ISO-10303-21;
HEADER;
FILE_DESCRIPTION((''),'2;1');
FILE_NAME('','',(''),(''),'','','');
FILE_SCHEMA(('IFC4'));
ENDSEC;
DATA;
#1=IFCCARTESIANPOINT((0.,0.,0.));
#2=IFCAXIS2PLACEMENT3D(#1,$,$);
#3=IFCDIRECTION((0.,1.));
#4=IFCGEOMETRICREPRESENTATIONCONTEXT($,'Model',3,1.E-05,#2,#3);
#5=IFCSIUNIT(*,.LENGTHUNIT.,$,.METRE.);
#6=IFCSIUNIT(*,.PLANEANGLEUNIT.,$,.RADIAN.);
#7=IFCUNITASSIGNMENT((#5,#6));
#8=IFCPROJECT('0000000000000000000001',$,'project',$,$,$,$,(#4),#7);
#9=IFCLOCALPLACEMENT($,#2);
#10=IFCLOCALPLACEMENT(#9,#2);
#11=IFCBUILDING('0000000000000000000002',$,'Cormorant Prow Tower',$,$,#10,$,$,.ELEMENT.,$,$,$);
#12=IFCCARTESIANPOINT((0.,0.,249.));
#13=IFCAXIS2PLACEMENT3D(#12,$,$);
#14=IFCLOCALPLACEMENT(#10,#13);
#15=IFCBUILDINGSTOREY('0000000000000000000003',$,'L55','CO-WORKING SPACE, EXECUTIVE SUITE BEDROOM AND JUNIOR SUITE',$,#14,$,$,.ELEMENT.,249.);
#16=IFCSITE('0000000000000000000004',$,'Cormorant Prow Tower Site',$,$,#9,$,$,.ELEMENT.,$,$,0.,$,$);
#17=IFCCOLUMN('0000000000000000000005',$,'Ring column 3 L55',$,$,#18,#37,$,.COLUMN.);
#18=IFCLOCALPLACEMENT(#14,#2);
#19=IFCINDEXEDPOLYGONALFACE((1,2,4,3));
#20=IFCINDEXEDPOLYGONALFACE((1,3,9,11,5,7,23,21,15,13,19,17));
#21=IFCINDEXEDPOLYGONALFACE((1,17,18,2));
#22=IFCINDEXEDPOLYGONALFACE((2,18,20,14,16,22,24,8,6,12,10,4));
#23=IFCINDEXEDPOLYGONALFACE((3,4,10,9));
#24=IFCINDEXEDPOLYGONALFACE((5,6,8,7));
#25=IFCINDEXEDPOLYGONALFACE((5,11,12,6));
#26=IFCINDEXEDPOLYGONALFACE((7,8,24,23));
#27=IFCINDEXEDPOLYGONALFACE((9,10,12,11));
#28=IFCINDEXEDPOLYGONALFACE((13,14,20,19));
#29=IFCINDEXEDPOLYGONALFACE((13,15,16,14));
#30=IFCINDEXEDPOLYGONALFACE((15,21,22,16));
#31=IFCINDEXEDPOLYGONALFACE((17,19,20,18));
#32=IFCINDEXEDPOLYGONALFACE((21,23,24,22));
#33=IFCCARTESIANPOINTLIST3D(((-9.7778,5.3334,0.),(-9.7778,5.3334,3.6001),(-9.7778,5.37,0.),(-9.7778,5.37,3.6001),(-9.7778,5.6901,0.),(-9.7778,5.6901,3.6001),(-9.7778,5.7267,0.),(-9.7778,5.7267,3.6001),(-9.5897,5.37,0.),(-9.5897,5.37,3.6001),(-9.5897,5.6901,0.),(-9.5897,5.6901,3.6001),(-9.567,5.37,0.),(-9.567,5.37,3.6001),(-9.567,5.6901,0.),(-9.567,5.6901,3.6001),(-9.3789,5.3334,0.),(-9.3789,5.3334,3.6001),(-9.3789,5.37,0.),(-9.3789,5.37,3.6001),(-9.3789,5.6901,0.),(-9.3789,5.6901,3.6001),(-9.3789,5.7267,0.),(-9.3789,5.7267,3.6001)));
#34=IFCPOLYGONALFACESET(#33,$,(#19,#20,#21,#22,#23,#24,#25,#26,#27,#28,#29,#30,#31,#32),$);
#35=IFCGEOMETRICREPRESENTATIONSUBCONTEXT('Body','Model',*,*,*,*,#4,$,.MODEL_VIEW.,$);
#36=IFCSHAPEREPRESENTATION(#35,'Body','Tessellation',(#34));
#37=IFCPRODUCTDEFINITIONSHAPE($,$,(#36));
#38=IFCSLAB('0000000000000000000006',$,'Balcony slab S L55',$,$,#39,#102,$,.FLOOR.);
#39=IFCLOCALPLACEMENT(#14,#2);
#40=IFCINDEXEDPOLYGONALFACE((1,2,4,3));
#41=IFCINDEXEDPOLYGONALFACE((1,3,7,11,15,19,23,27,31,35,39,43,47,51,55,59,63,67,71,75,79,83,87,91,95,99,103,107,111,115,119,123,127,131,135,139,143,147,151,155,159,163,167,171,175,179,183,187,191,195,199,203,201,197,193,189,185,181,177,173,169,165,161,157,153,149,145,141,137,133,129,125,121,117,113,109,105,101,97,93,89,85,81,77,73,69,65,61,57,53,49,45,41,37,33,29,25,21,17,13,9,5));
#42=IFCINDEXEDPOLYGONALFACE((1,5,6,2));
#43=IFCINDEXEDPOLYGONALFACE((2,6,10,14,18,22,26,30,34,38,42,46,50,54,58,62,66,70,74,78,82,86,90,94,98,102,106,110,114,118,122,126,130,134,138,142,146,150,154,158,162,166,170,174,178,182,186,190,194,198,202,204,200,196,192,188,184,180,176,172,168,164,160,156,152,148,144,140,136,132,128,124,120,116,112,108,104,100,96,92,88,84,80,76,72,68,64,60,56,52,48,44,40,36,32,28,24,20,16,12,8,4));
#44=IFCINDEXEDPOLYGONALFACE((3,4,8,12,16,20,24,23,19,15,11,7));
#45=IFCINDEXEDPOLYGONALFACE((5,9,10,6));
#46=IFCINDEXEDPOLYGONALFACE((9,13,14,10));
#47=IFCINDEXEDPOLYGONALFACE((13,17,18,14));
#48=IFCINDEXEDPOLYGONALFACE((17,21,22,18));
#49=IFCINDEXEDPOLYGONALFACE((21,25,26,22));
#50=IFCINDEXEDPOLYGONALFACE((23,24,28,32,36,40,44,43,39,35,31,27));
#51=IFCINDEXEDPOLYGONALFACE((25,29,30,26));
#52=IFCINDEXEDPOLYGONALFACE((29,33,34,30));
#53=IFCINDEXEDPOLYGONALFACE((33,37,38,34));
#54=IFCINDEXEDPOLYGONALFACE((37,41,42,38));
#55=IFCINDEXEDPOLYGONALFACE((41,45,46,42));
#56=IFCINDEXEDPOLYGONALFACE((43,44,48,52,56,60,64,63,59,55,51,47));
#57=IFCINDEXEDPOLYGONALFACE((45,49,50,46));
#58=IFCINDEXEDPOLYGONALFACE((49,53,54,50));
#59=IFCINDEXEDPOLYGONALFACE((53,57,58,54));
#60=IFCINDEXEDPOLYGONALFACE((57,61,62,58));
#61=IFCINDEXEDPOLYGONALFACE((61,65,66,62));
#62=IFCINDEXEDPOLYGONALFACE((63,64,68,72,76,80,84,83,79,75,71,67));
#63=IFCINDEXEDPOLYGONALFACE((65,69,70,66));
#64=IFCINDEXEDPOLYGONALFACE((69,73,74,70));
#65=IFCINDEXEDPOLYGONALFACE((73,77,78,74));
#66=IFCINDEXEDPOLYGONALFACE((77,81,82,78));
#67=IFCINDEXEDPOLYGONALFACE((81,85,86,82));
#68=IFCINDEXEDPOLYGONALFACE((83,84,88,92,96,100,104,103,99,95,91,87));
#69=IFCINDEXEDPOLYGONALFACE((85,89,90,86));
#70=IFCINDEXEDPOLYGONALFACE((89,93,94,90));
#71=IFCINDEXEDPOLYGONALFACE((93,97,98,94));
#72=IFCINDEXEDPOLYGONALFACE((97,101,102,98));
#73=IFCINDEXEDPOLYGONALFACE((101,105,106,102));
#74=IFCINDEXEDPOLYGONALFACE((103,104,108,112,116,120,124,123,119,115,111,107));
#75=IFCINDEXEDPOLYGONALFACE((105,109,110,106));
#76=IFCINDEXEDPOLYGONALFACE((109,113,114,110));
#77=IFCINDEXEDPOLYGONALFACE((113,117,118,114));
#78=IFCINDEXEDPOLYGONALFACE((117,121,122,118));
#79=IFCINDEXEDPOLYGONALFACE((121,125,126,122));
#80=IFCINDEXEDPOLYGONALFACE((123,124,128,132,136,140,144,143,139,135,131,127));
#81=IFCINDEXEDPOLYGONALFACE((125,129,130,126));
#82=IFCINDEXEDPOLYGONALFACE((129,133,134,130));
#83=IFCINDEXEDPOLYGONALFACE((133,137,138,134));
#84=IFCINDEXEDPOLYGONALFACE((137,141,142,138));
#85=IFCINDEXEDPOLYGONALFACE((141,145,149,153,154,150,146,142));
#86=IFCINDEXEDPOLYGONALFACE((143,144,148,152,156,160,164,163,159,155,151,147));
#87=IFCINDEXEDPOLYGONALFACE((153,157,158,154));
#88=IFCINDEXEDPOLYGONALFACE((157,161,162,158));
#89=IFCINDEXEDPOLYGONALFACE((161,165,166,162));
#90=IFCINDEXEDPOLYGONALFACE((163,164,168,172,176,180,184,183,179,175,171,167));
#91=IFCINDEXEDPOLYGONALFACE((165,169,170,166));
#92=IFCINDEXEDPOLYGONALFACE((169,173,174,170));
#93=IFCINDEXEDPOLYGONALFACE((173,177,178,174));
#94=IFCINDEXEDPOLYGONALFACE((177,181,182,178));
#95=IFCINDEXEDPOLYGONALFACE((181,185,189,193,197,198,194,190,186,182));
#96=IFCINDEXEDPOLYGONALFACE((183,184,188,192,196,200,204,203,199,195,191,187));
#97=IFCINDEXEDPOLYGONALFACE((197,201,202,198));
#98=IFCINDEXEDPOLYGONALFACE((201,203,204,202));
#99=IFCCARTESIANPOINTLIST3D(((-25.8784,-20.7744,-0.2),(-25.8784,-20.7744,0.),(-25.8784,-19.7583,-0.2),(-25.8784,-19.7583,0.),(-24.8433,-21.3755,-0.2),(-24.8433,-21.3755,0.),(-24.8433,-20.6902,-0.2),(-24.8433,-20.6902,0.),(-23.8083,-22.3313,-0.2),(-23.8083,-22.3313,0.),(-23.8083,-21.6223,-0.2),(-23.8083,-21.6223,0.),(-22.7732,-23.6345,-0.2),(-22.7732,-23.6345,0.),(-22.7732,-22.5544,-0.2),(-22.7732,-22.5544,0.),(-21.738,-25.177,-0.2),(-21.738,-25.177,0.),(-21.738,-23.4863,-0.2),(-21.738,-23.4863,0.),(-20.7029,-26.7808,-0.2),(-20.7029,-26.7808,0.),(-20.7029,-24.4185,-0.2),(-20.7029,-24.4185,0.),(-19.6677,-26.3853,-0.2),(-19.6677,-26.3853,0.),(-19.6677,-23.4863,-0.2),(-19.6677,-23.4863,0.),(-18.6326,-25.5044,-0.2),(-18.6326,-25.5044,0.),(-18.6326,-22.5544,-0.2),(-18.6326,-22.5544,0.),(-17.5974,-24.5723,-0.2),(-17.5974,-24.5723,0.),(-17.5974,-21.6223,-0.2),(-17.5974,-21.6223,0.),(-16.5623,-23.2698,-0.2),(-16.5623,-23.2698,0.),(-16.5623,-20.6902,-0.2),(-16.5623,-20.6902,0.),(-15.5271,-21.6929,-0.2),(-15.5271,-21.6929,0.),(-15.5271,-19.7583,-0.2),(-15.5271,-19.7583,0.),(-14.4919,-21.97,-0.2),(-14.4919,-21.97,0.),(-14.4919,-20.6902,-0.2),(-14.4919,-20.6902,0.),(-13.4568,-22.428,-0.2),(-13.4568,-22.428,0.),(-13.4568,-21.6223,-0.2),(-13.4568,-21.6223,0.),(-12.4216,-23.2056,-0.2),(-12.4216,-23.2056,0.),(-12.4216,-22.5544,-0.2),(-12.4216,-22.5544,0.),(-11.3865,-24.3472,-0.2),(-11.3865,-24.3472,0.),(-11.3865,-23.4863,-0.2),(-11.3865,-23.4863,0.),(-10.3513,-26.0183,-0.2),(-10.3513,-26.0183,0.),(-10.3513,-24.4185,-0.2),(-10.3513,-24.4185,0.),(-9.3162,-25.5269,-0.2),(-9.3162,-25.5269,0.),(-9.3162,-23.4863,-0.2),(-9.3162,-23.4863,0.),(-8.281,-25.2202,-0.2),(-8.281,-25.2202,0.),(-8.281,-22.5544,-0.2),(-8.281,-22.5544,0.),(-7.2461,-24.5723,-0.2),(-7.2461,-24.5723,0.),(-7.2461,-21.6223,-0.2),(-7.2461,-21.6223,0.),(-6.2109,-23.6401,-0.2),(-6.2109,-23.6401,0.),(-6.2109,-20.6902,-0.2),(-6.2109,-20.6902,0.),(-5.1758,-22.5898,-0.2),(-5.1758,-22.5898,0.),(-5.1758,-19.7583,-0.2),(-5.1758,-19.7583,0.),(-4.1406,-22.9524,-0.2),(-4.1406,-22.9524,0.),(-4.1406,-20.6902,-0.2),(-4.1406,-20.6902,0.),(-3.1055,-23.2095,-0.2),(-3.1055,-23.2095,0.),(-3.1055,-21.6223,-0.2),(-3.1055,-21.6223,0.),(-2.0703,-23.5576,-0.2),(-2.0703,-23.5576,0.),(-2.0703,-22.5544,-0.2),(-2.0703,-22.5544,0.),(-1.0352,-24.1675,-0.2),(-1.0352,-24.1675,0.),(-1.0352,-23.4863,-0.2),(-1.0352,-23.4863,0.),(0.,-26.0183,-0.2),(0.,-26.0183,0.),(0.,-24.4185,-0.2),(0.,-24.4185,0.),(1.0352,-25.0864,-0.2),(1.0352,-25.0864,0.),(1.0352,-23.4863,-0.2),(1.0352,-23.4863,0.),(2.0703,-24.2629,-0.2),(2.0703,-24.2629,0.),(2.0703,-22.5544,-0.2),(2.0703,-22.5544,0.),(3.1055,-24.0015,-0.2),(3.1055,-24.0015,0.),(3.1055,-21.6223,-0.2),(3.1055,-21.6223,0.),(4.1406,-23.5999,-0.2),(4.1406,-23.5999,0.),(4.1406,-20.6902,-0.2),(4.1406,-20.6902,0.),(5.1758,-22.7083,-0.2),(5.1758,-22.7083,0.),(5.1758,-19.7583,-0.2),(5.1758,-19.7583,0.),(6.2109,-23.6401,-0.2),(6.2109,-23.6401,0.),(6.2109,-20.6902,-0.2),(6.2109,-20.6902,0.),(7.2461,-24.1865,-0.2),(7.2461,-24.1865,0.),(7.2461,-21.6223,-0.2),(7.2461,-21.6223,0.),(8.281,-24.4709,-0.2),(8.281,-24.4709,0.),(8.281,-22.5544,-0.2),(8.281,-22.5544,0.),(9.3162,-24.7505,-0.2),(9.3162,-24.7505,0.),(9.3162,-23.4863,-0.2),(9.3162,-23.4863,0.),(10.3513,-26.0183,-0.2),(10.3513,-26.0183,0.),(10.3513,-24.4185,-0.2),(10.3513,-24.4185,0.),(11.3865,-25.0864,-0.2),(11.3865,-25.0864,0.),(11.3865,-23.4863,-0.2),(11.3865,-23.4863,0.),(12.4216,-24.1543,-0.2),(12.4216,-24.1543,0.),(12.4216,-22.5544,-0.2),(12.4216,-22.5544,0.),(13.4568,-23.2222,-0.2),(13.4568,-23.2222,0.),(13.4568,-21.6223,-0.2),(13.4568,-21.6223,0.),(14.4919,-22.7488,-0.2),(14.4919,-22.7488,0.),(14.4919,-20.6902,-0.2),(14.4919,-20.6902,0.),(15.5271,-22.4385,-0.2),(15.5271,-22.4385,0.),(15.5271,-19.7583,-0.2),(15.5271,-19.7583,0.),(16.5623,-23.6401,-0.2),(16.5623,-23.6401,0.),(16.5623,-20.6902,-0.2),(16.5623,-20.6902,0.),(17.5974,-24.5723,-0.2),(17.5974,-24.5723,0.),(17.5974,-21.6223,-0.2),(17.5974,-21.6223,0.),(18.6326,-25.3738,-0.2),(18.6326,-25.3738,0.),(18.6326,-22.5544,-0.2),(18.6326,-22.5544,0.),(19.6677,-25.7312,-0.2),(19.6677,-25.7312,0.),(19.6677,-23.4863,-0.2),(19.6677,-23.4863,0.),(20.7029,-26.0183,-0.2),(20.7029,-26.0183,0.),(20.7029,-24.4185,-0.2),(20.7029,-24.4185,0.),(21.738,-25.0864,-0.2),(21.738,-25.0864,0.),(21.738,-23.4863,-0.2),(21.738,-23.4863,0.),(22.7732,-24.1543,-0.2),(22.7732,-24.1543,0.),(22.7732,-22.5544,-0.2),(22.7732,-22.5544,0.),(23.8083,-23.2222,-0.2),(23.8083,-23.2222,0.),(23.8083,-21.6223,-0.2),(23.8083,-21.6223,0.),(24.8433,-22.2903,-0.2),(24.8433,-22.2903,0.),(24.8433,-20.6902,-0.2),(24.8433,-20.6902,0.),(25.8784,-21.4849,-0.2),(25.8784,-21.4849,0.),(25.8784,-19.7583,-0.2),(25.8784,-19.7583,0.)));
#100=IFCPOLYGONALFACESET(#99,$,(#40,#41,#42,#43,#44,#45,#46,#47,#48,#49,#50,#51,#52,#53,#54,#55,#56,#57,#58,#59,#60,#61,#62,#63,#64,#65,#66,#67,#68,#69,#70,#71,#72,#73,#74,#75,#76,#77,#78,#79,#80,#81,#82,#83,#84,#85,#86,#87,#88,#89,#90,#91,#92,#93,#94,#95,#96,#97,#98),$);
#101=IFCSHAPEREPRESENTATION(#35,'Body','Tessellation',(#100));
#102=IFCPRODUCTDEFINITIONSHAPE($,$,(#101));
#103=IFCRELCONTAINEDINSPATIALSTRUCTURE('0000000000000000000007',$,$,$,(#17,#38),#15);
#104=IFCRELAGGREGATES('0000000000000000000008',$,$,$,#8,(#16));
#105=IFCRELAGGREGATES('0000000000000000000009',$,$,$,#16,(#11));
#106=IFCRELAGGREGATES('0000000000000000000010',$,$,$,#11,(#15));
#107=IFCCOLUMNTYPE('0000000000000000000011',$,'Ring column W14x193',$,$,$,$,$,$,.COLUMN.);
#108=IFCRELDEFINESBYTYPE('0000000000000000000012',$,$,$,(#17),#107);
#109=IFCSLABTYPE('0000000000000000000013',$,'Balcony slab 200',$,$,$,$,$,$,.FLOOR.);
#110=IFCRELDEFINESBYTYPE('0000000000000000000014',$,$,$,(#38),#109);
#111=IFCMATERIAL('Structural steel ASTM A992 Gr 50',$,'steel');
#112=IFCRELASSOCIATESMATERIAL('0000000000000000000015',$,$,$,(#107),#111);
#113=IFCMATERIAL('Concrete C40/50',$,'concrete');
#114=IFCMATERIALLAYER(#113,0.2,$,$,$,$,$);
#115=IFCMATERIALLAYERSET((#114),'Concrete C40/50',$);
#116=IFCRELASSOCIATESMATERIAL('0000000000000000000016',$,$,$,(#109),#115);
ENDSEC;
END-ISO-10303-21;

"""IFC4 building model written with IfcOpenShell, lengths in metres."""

from ifc_helpers import new_model, si_unit, direction, frame, origin, origin_2d, place, context, subcontext, project, spatial, polyline, i_section, outline, extrude, material, layer, layer_set, material_profile, profile_set, type_object, element, save


model = new_model("IFC4")

# Units and contexts
model_context = context("Model", 3, precision=1e-05, world=origin(), true_north=direction((0.0, 1.0)))
body_context = subcontext(model_context, "Body", "Model", "MODEL_VIEW")
ifc_project = project(units=[si_unit("LENGTHUNIT", "METRE"), si_unit("PLANEANGLEUNIT", "RADIAN")], contexts=[model_context])

# Site, building, storey
site_placement = place(None, origin())
site = spatial("IfcSite", under=ifc_project, at=site_placement, Name="Cormorant Prow Tower Site", CompositionType="ELEMENT", RefElevation=0.0)
building_placement = place(site_placement, origin())
building = spatial("IfcBuilding", under=site, at=building_placement, Name="Cormorant Prow Tower", CompositionType="ELEMENT")
storey_placement = place(building_placement, frame((0.0, 0.0, 249.0)))
storey = spatial("IfcBuildingStorey", under=building, at=storey_placement, Name="L55", Description="CO-WORKING SPACE, EXECUTIVE SUITE BEDROOM AND JUNIOR SUITE", CompositionType="ELEMENT", Elevation=249.0)

# Column
ifc_material_1 = material(Name="Structural steel ASTM A992 Gr 50", Category="steel")
ifc_material_profile = material_profile(ifc_material_1, i_section(OverallWidth=0.3989, OverallDepth=0.3933, WebThickness=0.0227, FlangeThickness=0.0366, at=origin_2d()), Name="W14x193")
ifc_profile_set = profile_set([ifc_material_profile], Name="Structural steel ASTM A992 Gr 50")
column_type = type_object("IfcColumnType", Name="Ring column W14x193", PredefinedType="COLUMN", material=ifc_profile_set)
column_placement = place(storey_placement, frame((-9.5784, 5.53, 0.0), z_axis=(0.0, 0.0, 1.0), x_axis=(1.0, 0.0, 0.0)))
element("IfcColumn", 1, at=column_placement, inside=storey, type_object=column_type, Name="Ring column 3 L55", PredefinedType="COLUMN", context=body_context, shape_type="SweptSolid", body=[
    extrude(i_section(OverallWidth=0.3989, OverallDepth=0.3933, WebThickness=0.0227, FlangeThickness=0.0366, at=origin_2d()), origin(), (0.0, 0.0, 1.0), 3.6001),
])

# Slab
ifc_material_2 = material(Name="Concrete C40/50", Category="concrete")
ifc_layer_1 = layer(ifc_material_2, 0.2)
ifc_layer_set_1 = layer_set([ifc_layer_1], Name="Concrete C40/50")
slab_type_1 = type_object("IfcSlabType", Name="Balcony slab 200", PredefinedType="FLOOR", material=ifc_layer_set_1)
slab_1_placement = place(storey_placement, frame((0.0, 0.0, -0.2)))
element("IfcSlab", 2, at=slab_1_placement, inside=storey, type_object=slab_type_1, Name="Balcony slab S L55", PredefinedType="FLOOR", context=body_context, shape_type="SweptSolid", body=[
    extrude(outline(polyline([(-25.8784, -19.7583), (-25.8784, -20.7744), (-24.8433, -21.3755), (-23.8083, -22.3313), (-22.7732, -23.6345), (-21.738, -25.177), (-20.7029, -26.7808), (-19.6677, -26.3853), (-18.6326, -25.5044), (-17.5974, -24.5723), (-16.5623, -23.2698), (-15.5271, -21.6929), (-14.4919, -21.97), (-13.4568, -22.428), (-12.4216, -23.2056), (-11.3865, -24.3472), (-10.3513, -26.0183), (-9.3162, -25.5269), (-8.281, -25.2202), (-7.2461, -24.5723), (-6.2109, -23.6401), (-5.1758, -22.5898), (-4.1406, -22.9524), (-3.1055, -23.2095), (-2.0703, -23.5576), (-1.0352, -24.1675), (0.0, -26.0183), (1.0352, -25.0864), (2.0703, -24.2629), (3.1055, -24.0015), (4.1406, -23.5999), (5.1758, -22.7083), (6.2109, -23.6401), (7.2461, -24.1865), (8.281, -24.4709), (9.3162, -24.7505), (10.3513, -26.0183), (11.3865, -25.0864), (12.4216, -24.1543), (13.4568, -23.2222), (14.4919, -22.7488), (15.5271, -22.4385), (16.5623, -23.6401), (17.5974, -24.5723), (18.6326, -25.3738), (19.6677, -25.7312), (20.7029, -26.0183), (21.738, -25.0864), (22.7732, -24.1543), (23.8083, -23.2222), (24.8433, -22.2903), (25.8784, -21.4849), (25.8784, -19.7583), (24.8433, -20.6902), (23.8083, -21.6223), (22.7732, -22.5544), (21.738, -23.4863), (20.7029, -24.4185), (19.6677, -23.4863), (18.6326, -22.5544), (17.5974, -21.6223), (16.5623, -20.6902), (15.5271, -19.7583), (14.4919, -20.6902), (13.4568, -21.6223), (12.4216, -22.5544), (11.3865, -23.4863), (10.3513, -24.4185), (9.3162, -23.4863), (8.281, -22.5544), (7.2461, -21.6223), (6.2109, -20.6902), (5.1758, -19.7583), (4.1406, -20.6902), (3.1055, -21.6223), (2.0703, -22.5544), (1.0352, -23.4863), (0.0, -24.4185), (-1.0352, -23.4863), (-2.0703, -22.5544), (-3.1055, -21.6223), (-4.1406, -20.6902), (-5.1758, -19.7583), (-6.2109, -20.6902), (-7.2461, -21.6223), (-8.281, -22.5544), (-9.3162, -23.4863), (-10.3513, -24.4185), (-11.3865, -23.4863), (-12.4216, -22.5544), (-13.4568, -21.6223), (-14.4919, -20.6902), (-15.5271, -19.7583), (-16.5623, -20.6902), (-17.5974, -21.6223), (-18.6326, -22.5544), (-19.6677, -23.4863), (-20.7029, -24.4185), (-21.738, -23.4863), (-22.7732, -22.5544), (-23.8083, -21.6223), (-24.8433, -20.6902), (-25.8784, -19.7583)])), origin(), (0.0, 0.0, 1.0), 0.2),
])

save(model, "model.ifc")
